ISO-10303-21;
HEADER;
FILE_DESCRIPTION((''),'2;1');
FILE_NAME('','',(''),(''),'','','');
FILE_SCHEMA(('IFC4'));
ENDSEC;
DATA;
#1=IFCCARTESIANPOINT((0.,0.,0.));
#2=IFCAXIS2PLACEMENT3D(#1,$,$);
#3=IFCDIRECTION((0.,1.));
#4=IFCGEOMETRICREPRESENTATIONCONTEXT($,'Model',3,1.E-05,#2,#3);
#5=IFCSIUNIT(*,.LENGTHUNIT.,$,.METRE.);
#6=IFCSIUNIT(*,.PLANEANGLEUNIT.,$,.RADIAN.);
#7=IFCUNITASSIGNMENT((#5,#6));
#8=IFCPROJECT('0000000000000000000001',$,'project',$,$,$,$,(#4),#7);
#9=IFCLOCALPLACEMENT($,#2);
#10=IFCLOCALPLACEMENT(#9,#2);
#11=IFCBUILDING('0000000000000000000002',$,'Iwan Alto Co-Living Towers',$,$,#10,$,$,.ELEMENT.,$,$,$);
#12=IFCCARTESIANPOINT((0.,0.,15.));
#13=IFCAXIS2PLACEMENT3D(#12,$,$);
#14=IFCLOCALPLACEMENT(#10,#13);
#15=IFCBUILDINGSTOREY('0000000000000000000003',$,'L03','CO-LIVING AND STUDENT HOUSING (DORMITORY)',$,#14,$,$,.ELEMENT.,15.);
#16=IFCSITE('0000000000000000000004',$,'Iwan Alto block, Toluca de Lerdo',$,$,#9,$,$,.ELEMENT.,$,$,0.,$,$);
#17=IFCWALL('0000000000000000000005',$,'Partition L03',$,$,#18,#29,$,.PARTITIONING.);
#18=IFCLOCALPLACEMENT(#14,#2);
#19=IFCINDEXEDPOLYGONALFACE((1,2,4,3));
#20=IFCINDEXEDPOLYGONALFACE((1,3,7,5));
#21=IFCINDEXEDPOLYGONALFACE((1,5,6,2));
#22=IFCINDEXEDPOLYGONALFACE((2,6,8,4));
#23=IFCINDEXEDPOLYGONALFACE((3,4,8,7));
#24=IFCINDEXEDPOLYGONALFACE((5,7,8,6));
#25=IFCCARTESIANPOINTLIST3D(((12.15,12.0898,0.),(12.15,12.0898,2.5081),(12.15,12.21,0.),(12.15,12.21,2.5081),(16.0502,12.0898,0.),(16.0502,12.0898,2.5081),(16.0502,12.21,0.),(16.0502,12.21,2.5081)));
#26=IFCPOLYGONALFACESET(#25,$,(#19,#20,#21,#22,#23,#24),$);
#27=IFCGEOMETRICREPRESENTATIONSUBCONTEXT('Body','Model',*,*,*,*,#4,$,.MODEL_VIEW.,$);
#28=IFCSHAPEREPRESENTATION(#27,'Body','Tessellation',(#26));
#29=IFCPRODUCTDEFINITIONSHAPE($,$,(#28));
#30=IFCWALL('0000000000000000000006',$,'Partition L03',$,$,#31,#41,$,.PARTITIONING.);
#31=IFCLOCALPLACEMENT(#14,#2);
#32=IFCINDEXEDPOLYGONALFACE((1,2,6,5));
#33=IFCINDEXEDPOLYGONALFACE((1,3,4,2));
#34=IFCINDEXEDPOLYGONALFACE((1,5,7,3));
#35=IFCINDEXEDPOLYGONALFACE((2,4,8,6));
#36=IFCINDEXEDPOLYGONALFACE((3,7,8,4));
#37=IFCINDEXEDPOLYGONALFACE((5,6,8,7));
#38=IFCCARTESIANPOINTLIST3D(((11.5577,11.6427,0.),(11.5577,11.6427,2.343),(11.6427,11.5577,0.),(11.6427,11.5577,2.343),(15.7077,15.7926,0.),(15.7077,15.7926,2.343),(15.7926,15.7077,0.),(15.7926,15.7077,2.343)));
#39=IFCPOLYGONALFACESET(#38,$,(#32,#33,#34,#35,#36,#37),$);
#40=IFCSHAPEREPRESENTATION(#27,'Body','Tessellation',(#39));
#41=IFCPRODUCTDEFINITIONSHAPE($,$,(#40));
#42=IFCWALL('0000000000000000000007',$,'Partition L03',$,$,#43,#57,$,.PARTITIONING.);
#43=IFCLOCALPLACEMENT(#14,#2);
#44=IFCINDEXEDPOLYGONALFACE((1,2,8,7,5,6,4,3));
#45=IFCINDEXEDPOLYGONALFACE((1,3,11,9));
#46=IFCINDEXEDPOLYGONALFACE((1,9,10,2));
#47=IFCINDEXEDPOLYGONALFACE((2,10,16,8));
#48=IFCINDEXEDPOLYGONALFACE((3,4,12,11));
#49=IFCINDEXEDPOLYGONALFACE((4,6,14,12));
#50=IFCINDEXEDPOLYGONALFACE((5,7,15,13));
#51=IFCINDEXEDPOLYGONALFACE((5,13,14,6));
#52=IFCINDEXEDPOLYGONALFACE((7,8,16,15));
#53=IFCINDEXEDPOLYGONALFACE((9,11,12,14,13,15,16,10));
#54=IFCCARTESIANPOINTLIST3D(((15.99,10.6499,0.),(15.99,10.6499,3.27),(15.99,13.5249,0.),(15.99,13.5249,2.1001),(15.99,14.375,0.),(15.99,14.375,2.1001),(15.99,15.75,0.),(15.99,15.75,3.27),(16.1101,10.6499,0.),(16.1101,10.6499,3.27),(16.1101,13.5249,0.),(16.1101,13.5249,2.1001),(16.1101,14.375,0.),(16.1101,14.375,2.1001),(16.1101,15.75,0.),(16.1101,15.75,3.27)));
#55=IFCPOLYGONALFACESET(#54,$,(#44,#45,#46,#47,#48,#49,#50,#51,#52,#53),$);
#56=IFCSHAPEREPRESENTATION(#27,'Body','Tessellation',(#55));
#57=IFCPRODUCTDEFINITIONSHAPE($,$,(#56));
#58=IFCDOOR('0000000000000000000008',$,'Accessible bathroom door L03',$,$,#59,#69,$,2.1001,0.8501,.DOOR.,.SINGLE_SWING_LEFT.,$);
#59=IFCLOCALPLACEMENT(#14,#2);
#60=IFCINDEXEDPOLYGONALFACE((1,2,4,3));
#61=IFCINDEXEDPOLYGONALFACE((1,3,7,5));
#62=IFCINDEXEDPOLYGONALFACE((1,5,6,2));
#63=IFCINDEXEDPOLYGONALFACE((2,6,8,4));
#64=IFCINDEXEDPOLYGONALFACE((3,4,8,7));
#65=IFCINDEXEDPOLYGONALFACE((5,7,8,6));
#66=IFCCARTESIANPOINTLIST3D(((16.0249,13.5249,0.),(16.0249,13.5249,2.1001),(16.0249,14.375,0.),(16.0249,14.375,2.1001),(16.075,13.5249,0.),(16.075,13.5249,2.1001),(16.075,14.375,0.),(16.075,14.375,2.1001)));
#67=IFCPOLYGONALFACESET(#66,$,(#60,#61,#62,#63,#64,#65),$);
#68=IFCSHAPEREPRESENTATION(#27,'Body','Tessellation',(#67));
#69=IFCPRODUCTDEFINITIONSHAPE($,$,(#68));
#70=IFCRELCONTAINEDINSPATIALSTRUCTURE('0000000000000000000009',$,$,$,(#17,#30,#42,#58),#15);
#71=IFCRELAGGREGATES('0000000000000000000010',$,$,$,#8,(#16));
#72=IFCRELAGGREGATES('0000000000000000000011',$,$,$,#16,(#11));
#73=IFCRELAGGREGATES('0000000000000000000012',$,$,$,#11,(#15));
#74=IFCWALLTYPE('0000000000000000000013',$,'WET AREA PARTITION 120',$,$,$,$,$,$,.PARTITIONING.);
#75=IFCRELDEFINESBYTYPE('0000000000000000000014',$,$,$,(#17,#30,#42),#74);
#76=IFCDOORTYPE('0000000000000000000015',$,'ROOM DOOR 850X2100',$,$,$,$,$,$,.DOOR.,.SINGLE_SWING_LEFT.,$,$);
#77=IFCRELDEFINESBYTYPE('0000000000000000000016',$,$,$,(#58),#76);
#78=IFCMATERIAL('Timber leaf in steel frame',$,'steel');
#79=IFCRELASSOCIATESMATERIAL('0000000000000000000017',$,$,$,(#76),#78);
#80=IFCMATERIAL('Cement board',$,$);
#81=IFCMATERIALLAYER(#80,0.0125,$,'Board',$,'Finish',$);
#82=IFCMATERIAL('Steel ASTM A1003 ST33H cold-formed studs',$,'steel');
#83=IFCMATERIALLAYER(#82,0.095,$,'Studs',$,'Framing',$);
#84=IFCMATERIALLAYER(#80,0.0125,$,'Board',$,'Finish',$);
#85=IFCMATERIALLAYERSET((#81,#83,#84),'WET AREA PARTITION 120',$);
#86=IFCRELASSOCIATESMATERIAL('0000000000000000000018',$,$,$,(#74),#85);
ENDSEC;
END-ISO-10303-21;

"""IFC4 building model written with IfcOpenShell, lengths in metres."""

from ifc_helpers import new_model, si_unit, direction, frame, frame_2d, origin, place, context, subcontext, project, spatial, rectangle, extrude, material, layer, layer_set, type_object, element, fill, save


model = new_model("IFC4")

# Units and contexts
model_context = context("Model", 3, precision=1e-05, world=origin(), true_north=direction((0.0, 1.0)))
body_context = subcontext(model_context, "Body", "Model", "MODEL_VIEW")
ifc_project = project(units=[si_unit("LENGTHUNIT", "METRE"), si_unit("PLANEANGLEUNIT", "RADIAN")], contexts=[model_context])

# Site, building, storey
site_placement = place(None, origin())
site = spatial("IfcSite", under=ifc_project, at=site_placement, Name="Iwan Alto block, Toluca de Lerdo", CompositionType="ELEMENT", RefElevation=0.0)
building_placement = place(site_placement, origin())
building = spatial("IfcBuilding", under=site, at=building_placement, Name="Iwan Alto Co-Living Towers", CompositionType="ELEMENT")
storey_placement = place(building_placement, frame((0.0, 0.0, 15.0)))
storey = spatial("IfcBuildingStorey", under=building, at=storey_placement, Name="L03", Description="CO-LIVING AND STUDENT HOUSING (DORMITORY)", CompositionType="ELEMENT", Elevation=15.0)

# Shared definitions
ifc_material_1 = material(Name="Steel ASTM A1003 ST33H cold-formed studs", Category="steel")

# Shared definitions
ifc_material_2 = material(Name="Timber leaf in steel frame", Category="steel")
door_type = type_object("IfcDoorType", Name="ROOM DOOR 850X2100", OperationType="SINGLE_SWING_LEFT", PredefinedType="DOOR", material=ifc_material_2)

# Shared definitions
ifc_material_3 = material(Name="Cement board")
ifc_layer_1 = layer(ifc_material_3, 0.0125, Name="Board", Category="Finish")
ifc_layer_2 = layer(ifc_material_1, 0.095, Name="Studs", Category="Framing")
ifc_layer_3 = layer(ifc_material_3, 0.0125, Name="Board", Category="Finish")
ifc_layer_set_1 = layer_set([ifc_layer_1, ifc_layer_2, ifc_layer_3], Name="WET AREA PARTITION 120")
wall_type_1 = type_object("IfcWallType", Name="WET AREA PARTITION 120", PredefinedType="PARTITIONING", material=ifc_layer_set_1)

# Walls
wall_1_placement = place(storey_placement, frame((12.1499, 12.1499, 0.0), z_axis=(0.0, 0.0, 1.0), x_axis=(1.0, 0.0, 0.0)))
element("IfcWall", 1, at=wall_1_placement, inside=storey, type_object=wall_type_1, Name="Partition L03", PredefinedType="PARTITIONING", context=body_context, shape_type="SweptSolid", body=[
    extrude(rectangle(XDim=3.9001, YDim=0.1201, at=frame_2d((1.9502, 0.0))), origin(), (0.0, 0.0, 1.0), 2.5081),
])
wall_2_placement = place(storey_placement, frame((11.6001, 11.6001, 0.0), z_axis=(0.0, 0.0, 1.0), x_axis=(0.707107, 0.707107, 0.0)))
element("IfcWall", 2, at=wall_2_placement, inside=storey, type_object=wall_type_1, Name="Partition L03", PredefinedType="PARTITIONING", context=body_context, shape_type="SweptSolid", body=[
    extrude(rectangle(XDim=5.8689, YDim=0.1201, at=frame_2d((2.9346, 0.0))), origin(), (0.0, 0.0, 1.0), 2.343),
])

# Wall, opening, door
wall_3_placement = place(storey_placement, frame((16.05, 10.6499, 0.0), z_axis=(0.0, 0.0, 1.0), x_axis=(0.0, 1.0, 0.0)))
wall_3 = element("IfcWall", 3, at=wall_3_placement, inside=storey, type_object=wall_type_1, Name="Partition L03", PredefinedType="PARTITIONING", context=body_context, shape_type="SweptSolid", body=[
    extrude(rectangle(XDim=5.1001, YDim=0.1201, at=frame_2d((2.55, 0.0))), origin(), (0.0, 0.0, 1.0), 3.27),
])
opening_1_placement = place(wall_3_placement, frame((2.875, 0.0, 0.0)))
opening_1 = element("IfcOpeningElement", 4, at=opening_1_placement, cuts=wall_3, PredefinedType="OPENING", context=body_context, shape_type="SweptSolid", body=[
    extrude(rectangle(XDim=0.8501, YDim=2.1001, at=frame_2d((0.425, 1.05))), frame((0.0, 0.0701, 0.0), z_axis=(0.0, -1.0, 0.0), x_axis=(1.0, 0.0, 0.0)), (0.0, 0.0, 1.0), 0.1401),
])
door_1_placement = place(opening_1_placement, frame((0.8501, 0.0, 0.0), z_axis=(0.0, 0.0, 1.0), x_axis=(-1.0, 0.0, 0.0)))
door_1 = element("IfcDoor", 5, at=door_1_placement, inside=storey, type_object=door_type, Name="Accessible bathroom door L03", OperationType="SINGLE_SWING_LEFT", OverallHeight=2.1001, OverallWidth=0.8501, PredefinedType="DOOR", context=body_context, shape_type="SweptSolid", body=[
    extrude(rectangle(XDim=0.8501, YDim=2.1001, at=frame_2d((0.425, 1.05))), frame((0.0, 0.0249, 0.0), z_axis=(0.0, -1.0, 0.0), x_axis=(1.0, 0.0, 0.0)), (0.0, 0.0, 1.0), 0.05),
])
fill(opening_1, door_1)

save(model, "model.ifc")
